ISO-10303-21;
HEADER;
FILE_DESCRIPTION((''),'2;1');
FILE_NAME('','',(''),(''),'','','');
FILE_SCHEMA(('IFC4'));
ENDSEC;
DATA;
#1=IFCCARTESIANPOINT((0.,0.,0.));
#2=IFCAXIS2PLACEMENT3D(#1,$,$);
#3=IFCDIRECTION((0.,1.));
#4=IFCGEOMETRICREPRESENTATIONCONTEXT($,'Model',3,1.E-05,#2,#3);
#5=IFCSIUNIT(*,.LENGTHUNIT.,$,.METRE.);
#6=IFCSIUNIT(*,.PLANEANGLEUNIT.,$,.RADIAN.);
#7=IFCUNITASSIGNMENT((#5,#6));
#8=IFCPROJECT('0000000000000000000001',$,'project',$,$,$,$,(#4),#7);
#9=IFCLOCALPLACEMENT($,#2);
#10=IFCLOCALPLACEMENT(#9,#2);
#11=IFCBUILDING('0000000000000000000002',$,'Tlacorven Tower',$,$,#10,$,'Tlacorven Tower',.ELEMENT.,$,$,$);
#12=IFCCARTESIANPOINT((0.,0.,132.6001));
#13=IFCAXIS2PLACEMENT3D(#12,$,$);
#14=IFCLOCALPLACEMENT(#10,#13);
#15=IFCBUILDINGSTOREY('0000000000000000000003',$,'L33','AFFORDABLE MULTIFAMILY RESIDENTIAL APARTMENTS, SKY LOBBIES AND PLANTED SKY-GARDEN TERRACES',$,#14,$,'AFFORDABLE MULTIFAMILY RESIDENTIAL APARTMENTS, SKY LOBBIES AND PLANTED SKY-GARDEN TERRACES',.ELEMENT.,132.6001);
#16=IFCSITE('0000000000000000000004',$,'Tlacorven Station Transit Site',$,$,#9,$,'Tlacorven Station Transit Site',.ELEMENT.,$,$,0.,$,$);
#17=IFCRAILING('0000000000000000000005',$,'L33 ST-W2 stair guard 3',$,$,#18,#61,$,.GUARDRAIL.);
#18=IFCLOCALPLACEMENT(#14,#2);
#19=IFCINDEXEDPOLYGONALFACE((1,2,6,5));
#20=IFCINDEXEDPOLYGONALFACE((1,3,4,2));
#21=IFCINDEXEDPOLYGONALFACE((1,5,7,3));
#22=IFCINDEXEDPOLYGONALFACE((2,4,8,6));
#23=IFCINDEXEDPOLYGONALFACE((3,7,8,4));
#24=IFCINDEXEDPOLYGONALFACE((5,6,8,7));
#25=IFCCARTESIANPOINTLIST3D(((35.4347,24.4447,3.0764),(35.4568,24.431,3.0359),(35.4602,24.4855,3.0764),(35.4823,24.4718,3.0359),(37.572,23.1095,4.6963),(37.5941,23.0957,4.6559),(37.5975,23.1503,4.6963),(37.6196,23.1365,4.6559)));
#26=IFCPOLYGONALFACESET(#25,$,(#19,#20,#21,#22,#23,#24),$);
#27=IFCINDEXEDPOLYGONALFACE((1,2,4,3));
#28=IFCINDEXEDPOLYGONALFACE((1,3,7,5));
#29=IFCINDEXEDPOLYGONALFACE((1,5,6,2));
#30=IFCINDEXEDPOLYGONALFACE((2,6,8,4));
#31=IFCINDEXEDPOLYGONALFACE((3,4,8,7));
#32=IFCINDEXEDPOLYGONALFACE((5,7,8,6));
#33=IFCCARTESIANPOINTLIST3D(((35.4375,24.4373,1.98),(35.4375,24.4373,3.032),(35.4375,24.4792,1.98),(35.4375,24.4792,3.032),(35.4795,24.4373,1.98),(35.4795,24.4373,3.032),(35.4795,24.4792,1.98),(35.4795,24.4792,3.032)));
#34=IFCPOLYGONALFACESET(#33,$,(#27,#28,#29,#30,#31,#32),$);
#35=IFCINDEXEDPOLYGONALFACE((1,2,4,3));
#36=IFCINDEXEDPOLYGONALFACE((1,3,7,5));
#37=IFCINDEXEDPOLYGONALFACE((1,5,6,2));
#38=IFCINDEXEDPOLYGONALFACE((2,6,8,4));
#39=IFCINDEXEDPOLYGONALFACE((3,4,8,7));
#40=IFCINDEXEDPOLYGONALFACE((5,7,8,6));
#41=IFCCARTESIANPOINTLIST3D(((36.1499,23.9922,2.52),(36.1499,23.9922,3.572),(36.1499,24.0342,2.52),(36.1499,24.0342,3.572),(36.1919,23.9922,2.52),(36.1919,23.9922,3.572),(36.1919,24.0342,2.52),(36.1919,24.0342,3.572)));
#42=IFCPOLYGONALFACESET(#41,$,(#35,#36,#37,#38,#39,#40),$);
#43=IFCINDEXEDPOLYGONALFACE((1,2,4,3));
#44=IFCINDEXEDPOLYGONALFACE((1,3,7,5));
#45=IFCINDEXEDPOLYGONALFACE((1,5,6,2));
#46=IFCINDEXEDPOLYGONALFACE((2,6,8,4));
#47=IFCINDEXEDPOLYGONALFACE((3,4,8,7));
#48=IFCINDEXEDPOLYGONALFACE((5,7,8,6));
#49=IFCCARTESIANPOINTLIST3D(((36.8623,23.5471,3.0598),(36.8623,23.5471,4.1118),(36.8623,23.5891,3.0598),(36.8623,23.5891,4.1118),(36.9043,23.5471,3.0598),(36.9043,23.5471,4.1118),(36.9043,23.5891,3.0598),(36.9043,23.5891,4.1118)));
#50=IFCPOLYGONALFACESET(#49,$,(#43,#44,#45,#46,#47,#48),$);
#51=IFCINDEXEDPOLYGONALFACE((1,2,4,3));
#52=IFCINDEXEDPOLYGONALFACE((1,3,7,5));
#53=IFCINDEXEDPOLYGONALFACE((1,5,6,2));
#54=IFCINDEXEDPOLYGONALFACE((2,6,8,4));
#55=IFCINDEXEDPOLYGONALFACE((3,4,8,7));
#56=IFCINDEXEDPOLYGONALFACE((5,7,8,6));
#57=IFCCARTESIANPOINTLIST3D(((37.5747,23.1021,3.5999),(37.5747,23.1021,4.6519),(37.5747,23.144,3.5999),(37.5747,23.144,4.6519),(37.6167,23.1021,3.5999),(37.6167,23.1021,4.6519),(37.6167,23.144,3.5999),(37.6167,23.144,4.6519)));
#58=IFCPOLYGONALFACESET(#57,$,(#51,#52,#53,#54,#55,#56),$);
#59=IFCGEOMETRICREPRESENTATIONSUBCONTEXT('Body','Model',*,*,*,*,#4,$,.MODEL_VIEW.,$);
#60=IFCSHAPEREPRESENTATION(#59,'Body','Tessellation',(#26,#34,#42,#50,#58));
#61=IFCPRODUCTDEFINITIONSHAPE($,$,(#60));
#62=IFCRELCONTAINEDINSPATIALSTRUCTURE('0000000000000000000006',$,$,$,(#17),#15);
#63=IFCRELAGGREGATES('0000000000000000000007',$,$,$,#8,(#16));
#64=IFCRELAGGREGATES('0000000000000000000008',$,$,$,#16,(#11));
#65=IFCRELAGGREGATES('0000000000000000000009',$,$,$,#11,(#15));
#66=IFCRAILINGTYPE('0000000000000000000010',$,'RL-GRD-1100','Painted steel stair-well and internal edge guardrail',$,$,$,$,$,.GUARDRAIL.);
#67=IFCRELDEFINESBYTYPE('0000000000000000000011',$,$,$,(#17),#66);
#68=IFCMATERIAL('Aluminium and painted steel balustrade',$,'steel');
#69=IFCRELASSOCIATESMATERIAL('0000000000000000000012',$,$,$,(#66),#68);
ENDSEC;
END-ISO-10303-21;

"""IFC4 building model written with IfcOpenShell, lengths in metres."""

from ifc_helpers import new_model, si_unit, direction, frame, origin, origin_2d, place, context, subcontext, project, spatial, rectangle, extrude, source, transform, mapped, material, type_object, element, save


model = new_model("IFC4")

# Units and contexts
model_context = context("Model", 3, precision=1e-05, world=origin(), true_north=direction((0.0, 1.0)))
body_context = subcontext(model_context, "Body", "Model", "MODEL_VIEW")
ifc_project = project(units=[si_unit("LENGTHUNIT", "METRE"), si_unit("PLANEANGLEUNIT", "RADIAN")], contexts=[model_context])

# Site, building, storey
site_placement = place(None, origin())
site = spatial("IfcSite", under=ifc_project, at=site_placement, Name="Tlacorven Station Transit Site", LongName="Tlacorven Station Transit Site", CompositionType="ELEMENT", RefElevation=0.0)
building_placement = place(site_placement, origin())
building = spatial("IfcBuilding", under=site, at=building_placement, Name="Tlacorven Tower", LongName="Tlacorven Tower", CompositionType="ELEMENT")
storey_placement = place(building_placement, frame((0.0, 0.0, 132.6001)))
storey = spatial("IfcBuildingStorey", under=building, at=storey_placement, Name="L33", Description="AFFORDABLE MULTIFAMILY RESIDENTIAL APARTMENTS, SKY LOBBIES AND PLANTED SKY-GARDEN TERRACES", LongName="AFFORDABLE MULTIFAMILY RESIDENTIAL APARTMENTS, SKY LOBBIES AND PLANTED SKY-GARDEN TERRACES", CompositionType="ELEMENT", Elevation=132.6001)

# Railing
ifc_material_1 = material(Name="Aluminium and painted steel balustrade", Category="steel")
railing_type_1 = type_object("IfcRailingType", Name="RL-GRD-1100", Description="Painted steel stair-well and internal edge guardrail", PredefinedType="GUARDRAIL", material=ifc_material_1)
shared_shape_1 = source(origin(), body_context, "Body", "SweptSolid", [
    extrude(rectangle(XDim=0.0481, YDim=0.0481, at=origin_2d()), frame((0.0, 0.0, 1.0762), z_axis=(0.713417, -0.445702, 0.540727), x_axis=(0.529842, 0.848096, 0.0)), (0.0, 0.0, 1.0), 2.9958),
    extrude(rectangle(XDim=0.042, YDim=0.042, at=origin_2d()), origin(), (0.0, 0.0, 1.0), 1.052),
    extrude(rectangle(XDim=0.042, YDim=0.042, at=origin_2d()), frame((0.7124, -0.4451, 0.54)), (0.0, 0.0, 1.0), 1.052),
    extrude(rectangle(XDim=0.042, YDim=0.042, at=origin_2d()), frame((1.4248, -0.8901, 1.0798)), (0.0, 0.0, 1.0), 1.052),
    extrude(rectangle(XDim=0.042, YDim=0.042, at=origin_2d()), frame((2.1372, -1.3352, 1.6199)), (0.0, 0.0, 1.0), 1.052),
])
railing_1_placement = place(storey_placement, frame((35.4585, 24.4583, 1.98)))
element("IfcRailing", 1, at=railing_1_placement, inside=storey, type_object=railing_type_1, Name="L33 ST-W2 stair guard 3", PredefinedType="GUARDRAIL", context=body_context, shape_type="MappedRepresentation", body=[
    mapped(shared_shape_1, transform((0.0, 0.0, 0.0), scale=1.0)),
])

save(model, "model.ifc")
